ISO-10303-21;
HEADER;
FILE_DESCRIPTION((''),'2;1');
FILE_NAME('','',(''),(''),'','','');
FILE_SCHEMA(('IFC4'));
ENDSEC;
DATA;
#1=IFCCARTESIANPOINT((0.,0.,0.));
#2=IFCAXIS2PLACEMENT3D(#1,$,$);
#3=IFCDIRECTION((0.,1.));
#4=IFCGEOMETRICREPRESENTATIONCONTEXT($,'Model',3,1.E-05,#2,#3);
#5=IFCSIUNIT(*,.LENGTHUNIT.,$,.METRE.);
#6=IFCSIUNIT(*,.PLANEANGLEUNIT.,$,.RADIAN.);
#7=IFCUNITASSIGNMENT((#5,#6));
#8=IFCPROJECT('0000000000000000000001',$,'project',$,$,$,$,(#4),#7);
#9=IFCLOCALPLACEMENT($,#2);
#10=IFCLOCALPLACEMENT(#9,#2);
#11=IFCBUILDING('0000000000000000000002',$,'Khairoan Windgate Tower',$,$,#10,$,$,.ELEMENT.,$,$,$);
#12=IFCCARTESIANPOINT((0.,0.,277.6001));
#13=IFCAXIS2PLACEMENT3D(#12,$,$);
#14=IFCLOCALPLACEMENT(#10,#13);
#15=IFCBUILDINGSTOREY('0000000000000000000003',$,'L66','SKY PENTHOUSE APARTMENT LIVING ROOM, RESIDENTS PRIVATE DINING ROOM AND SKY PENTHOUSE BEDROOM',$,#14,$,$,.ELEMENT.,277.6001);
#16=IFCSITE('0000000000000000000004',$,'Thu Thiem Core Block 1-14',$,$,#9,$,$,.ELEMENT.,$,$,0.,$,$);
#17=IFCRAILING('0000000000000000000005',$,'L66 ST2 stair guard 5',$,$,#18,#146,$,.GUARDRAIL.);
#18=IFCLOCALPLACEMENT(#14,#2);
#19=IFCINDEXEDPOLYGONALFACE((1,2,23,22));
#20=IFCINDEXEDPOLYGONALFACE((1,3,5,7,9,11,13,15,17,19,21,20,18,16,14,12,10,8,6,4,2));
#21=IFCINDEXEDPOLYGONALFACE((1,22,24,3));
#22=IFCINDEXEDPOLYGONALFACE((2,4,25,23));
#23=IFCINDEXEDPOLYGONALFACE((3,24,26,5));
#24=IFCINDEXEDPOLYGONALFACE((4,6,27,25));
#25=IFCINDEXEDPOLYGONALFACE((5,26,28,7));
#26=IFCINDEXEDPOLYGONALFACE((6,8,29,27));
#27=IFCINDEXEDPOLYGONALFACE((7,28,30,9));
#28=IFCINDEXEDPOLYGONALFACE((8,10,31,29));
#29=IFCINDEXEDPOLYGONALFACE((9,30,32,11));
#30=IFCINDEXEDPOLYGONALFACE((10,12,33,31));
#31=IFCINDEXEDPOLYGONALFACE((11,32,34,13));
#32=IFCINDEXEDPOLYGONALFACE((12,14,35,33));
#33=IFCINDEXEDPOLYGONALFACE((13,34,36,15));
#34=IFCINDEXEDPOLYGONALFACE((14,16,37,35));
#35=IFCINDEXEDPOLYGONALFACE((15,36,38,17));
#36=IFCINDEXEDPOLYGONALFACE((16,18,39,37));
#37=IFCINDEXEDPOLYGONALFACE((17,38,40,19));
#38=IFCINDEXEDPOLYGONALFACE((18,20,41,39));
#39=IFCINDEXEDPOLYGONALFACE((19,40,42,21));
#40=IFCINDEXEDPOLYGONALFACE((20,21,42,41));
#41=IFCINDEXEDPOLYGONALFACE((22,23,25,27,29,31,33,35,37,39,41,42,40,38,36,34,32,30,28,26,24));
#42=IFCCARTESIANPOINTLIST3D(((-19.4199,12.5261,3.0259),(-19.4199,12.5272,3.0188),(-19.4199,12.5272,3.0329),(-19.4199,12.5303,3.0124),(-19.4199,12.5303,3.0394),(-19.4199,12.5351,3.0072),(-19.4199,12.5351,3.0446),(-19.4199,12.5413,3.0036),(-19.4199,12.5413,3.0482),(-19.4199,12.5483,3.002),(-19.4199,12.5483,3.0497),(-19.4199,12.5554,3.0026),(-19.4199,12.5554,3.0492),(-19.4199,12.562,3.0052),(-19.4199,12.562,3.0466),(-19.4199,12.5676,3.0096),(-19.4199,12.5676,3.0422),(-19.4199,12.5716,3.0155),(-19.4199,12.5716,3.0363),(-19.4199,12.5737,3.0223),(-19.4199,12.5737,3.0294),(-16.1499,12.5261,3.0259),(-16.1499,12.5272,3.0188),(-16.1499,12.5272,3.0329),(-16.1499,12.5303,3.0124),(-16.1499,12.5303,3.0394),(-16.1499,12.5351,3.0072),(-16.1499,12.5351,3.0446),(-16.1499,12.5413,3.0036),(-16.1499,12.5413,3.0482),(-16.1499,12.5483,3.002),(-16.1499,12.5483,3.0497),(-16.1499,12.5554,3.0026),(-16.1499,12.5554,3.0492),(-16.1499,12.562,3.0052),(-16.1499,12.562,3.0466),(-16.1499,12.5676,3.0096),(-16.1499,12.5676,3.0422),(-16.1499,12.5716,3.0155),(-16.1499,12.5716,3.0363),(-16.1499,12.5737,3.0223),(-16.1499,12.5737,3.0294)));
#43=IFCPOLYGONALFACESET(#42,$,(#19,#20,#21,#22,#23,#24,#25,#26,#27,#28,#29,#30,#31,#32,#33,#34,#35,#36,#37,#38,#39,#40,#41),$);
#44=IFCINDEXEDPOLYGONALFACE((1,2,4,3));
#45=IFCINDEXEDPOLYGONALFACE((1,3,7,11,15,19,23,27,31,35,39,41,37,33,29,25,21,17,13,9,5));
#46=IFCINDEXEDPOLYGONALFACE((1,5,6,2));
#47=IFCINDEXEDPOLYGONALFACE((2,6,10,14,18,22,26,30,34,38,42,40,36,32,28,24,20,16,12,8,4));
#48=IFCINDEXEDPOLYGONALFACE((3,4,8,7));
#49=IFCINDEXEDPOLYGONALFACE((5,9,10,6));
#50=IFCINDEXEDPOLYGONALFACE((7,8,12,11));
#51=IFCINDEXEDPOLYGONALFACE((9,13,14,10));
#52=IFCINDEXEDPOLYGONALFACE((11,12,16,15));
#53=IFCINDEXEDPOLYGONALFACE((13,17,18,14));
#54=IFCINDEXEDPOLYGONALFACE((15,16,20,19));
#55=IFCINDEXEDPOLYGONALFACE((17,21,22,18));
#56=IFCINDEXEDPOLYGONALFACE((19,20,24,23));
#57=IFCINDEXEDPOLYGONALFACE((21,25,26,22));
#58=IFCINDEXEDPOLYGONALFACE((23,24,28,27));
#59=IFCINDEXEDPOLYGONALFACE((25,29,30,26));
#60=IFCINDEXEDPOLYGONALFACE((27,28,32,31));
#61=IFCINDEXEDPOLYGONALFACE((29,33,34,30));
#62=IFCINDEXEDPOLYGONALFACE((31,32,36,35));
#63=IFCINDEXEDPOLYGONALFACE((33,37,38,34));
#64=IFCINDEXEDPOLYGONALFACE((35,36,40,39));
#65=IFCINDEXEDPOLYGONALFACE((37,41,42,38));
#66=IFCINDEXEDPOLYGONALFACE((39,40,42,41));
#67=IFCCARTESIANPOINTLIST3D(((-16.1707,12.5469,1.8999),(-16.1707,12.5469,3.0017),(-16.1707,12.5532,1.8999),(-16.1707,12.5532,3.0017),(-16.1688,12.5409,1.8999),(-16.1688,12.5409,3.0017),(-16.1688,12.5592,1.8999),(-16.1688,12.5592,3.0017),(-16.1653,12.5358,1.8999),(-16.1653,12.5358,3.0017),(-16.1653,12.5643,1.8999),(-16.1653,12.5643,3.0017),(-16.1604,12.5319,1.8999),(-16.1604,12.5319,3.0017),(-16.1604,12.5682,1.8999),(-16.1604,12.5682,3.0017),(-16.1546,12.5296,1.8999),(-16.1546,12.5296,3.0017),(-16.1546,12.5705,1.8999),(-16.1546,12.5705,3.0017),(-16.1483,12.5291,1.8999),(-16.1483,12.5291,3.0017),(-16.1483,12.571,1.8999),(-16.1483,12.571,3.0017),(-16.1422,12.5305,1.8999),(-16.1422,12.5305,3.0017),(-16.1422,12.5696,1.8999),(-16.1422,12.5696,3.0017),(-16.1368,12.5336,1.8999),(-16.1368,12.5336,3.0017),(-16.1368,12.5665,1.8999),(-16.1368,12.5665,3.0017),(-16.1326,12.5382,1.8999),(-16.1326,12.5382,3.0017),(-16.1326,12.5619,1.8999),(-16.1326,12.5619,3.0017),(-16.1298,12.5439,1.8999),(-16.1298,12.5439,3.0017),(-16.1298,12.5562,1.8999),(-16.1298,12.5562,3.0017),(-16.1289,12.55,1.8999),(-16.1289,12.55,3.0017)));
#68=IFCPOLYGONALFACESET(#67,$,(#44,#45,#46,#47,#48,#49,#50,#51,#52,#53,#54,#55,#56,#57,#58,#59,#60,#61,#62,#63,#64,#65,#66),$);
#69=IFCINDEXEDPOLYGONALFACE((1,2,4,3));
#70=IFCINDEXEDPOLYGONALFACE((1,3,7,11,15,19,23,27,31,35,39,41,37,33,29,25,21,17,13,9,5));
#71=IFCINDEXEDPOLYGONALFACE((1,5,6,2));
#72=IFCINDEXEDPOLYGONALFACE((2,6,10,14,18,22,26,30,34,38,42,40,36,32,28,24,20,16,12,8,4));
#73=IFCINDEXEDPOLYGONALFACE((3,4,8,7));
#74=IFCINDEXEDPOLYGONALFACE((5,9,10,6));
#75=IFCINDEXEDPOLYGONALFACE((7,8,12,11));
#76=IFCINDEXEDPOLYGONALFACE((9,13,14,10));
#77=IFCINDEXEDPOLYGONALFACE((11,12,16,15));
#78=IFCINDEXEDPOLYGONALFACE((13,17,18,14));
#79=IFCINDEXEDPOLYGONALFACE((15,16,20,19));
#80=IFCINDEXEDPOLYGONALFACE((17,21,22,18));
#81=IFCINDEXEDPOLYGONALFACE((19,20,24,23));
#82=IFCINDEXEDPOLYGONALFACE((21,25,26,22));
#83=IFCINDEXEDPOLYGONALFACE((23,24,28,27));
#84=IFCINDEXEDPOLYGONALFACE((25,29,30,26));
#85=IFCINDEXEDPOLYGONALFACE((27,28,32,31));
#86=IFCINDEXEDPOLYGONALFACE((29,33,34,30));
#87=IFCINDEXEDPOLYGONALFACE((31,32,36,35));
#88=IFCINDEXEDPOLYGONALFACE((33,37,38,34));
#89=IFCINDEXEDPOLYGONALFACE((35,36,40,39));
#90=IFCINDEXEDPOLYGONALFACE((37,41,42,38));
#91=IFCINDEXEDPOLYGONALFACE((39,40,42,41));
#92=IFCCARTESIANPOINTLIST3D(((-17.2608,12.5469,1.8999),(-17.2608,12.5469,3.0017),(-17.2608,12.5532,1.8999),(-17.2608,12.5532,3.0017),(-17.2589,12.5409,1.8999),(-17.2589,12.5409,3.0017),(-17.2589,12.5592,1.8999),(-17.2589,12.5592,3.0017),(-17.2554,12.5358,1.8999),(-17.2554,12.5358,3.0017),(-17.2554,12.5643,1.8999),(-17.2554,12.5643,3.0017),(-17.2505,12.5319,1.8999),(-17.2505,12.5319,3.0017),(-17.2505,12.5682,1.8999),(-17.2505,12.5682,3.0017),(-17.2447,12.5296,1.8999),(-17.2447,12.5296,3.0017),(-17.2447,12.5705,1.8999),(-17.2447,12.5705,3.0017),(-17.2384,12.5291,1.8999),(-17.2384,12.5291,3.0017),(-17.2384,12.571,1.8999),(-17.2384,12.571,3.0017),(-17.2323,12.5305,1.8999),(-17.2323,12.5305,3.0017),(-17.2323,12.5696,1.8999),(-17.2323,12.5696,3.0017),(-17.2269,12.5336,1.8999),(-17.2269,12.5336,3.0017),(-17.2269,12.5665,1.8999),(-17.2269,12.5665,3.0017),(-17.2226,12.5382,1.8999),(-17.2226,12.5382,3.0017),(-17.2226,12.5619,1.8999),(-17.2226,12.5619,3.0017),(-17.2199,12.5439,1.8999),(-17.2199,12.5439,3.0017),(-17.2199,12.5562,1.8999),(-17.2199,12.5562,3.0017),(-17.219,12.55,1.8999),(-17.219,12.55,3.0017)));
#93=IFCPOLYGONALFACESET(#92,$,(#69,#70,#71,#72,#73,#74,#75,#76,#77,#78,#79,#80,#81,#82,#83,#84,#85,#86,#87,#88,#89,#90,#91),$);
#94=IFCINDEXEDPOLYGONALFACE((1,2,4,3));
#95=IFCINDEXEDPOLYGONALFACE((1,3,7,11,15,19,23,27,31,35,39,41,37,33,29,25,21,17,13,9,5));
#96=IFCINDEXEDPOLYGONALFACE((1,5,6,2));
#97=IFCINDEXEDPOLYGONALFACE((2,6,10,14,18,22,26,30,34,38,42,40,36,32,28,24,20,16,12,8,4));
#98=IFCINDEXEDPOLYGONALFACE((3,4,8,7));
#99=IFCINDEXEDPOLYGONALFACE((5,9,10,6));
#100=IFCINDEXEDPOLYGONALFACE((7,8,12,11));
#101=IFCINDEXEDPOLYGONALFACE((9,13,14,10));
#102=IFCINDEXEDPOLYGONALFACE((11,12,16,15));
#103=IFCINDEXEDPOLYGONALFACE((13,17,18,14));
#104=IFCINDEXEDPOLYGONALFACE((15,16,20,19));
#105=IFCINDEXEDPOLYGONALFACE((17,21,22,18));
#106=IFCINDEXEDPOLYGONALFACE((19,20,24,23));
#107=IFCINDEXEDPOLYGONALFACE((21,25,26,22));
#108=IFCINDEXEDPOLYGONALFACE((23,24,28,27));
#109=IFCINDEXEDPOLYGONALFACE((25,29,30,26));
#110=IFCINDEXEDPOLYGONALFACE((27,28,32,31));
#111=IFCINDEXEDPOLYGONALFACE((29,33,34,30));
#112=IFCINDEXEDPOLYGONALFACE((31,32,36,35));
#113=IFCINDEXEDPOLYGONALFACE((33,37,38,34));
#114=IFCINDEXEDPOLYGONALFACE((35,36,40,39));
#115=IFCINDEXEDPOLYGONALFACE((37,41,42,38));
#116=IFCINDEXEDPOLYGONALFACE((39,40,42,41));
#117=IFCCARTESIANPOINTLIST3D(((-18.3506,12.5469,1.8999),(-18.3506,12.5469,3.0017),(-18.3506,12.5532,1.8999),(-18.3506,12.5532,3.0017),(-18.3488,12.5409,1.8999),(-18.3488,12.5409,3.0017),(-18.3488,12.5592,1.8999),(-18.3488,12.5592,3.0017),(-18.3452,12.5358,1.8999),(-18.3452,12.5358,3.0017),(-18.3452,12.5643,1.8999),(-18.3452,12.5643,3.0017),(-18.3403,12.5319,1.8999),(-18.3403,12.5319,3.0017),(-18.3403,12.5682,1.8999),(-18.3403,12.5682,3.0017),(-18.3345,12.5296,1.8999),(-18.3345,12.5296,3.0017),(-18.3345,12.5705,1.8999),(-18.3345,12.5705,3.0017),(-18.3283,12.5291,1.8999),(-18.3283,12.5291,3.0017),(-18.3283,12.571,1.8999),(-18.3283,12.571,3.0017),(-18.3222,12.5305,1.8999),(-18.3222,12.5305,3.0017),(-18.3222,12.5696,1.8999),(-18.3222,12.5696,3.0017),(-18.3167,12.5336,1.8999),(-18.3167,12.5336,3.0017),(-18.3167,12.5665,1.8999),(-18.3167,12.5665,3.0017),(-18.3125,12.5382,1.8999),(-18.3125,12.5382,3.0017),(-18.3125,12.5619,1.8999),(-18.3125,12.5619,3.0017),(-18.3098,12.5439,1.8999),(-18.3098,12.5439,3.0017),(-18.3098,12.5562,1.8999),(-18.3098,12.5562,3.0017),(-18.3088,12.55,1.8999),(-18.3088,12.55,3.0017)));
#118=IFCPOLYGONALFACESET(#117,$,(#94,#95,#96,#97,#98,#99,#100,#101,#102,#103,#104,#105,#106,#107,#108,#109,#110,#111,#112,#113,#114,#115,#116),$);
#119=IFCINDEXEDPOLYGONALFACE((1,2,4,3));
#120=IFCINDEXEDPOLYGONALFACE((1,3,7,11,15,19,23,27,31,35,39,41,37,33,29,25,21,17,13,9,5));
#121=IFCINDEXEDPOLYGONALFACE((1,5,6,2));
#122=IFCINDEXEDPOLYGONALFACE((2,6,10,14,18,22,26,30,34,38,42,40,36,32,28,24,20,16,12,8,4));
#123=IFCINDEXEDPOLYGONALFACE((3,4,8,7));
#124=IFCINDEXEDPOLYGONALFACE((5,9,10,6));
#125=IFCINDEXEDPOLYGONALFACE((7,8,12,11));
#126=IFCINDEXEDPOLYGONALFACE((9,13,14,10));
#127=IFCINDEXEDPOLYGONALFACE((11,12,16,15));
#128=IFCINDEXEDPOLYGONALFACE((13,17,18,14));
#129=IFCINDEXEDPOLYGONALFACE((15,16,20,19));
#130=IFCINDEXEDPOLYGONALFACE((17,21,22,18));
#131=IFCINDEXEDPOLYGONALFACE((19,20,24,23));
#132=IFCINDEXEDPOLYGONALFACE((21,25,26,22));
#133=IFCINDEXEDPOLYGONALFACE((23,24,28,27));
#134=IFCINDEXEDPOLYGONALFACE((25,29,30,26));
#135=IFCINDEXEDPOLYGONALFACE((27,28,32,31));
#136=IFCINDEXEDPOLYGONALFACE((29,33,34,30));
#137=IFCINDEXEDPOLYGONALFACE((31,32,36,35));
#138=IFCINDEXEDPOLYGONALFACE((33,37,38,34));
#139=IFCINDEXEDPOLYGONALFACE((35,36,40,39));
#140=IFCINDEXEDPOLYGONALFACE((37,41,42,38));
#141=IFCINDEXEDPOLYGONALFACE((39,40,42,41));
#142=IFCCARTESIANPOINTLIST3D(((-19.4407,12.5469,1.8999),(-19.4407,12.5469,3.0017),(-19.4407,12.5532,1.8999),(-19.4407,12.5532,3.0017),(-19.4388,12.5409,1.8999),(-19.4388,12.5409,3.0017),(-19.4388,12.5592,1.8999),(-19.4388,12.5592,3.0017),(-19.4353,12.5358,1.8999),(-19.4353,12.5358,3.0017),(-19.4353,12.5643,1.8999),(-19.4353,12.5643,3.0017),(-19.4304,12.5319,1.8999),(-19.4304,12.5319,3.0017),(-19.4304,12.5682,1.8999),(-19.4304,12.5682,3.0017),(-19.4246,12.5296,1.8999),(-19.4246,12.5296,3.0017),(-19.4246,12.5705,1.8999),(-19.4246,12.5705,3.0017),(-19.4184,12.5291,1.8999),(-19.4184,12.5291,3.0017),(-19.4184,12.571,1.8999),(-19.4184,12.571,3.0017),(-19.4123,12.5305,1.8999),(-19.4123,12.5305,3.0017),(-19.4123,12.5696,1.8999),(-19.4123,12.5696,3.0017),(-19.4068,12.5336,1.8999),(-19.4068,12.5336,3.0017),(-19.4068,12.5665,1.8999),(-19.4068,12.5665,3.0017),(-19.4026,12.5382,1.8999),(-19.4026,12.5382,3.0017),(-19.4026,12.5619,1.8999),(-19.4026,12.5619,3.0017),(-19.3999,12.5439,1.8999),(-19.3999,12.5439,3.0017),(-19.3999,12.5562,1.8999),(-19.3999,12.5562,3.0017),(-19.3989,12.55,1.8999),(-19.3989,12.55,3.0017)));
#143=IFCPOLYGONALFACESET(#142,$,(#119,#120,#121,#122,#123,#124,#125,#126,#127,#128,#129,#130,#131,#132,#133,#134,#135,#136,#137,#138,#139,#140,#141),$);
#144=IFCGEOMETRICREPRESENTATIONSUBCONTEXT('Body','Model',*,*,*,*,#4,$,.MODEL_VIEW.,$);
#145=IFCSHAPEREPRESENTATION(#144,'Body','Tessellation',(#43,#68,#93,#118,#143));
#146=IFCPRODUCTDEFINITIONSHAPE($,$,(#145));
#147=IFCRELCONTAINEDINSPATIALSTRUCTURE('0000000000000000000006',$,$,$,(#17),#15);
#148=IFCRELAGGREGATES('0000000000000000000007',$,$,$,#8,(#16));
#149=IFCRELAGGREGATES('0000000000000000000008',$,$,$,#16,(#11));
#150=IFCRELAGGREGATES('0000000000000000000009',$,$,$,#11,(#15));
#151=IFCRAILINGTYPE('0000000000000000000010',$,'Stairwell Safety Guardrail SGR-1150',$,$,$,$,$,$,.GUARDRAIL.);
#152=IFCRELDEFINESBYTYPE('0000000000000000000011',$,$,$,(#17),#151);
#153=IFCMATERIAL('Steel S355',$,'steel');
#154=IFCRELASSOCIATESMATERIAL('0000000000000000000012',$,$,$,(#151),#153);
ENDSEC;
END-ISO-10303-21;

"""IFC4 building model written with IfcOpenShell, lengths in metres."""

from ifc_helpers import new_model, si_unit, direction, frame, origin, origin_2d, place, context, subcontext, project, spatial, circle, extrude, material, type_object, element, save


model = new_model("IFC4")

# Units and contexts
model_context = context("Model", 3, precision=1e-05, world=origin(), true_north=direction((0.0, 1.0)))
body_context = subcontext(model_context, "Body", "Model", "MODEL_VIEW")
ifc_project = project(units=[si_unit("LENGTHUNIT", "METRE"), si_unit("PLANEANGLEUNIT", "RADIAN")], contexts=[model_context])

# Site, building, storey
site_placement = place(None, origin())
site = spatial("IfcSite", under=ifc_project, at=site_placement, Name="Thu Thiem Core Block 1-14", CompositionType="ELEMENT", RefElevation=0.0)
building_placement = place(site_placement, origin())
building = spatial("IfcBuilding", under=site, at=building_placement, Name="Khairoan Windgate Tower", CompositionType="ELEMENT")
storey_placement = place(building_placement, frame((0.0, 0.0, 277.6001)))
storey = spatial("IfcBuildingStorey", under=building, at=storey_placement, Name="L66", Description="SKY PENTHOUSE APARTMENT LIVING ROOM, RESIDENTS PRIVATE DINING ROOM AND SKY PENTHOUSE BEDROOM", CompositionType="ELEMENT", Elevation=277.6001)

# Railing
ifc_material_1 = material(Name="Steel S355", Category="steel")
railing_type = type_object("IfcRailingType", Name="Stairwell Safety Guardrail SGR-1150", PredefinedType="GUARDRAIL", material=ifc_material_1)
railing_1_placement = place(storey_placement, frame((-16.1499, 12.55, 1.8999)))
element("IfcRailing", 1, at=railing_1_placement, inside=storey, type_object=railing_type, Name="L66 ST2 stair guard 5", PredefinedType="GUARDRAIL", context=body_context, shape_type="SweptSolid", body=[
    extrude(circle(Radius=0.0239, at=origin_2d()), frame((0.0, 0.0, 1.126), z_axis=(-1.0, 0.0, 0.0), x_axis=(0.0, -1.0, 0.0)), (0.0, 0.0, 1.0), 3.27),
    extrude(circle(Radius=0.021, at=origin_2d()), origin(), (0.0, 0.0, 1.0), 1.1018),
    extrude(circle(Radius=0.021, at=origin_2d()), frame((-1.0901, 0.0, 0.0)), (0.0, 0.0, 1.0), 1.1018),
    extrude(circle(Radius=0.021, at=origin_2d()), frame((-2.1799, 0.0, 0.0)), (0.0, 0.0, 1.0), 1.1018),
    extrude(circle(Radius=0.021, at=origin_2d()), frame((-3.27, 0.0, 0.0)), (0.0, 0.0, 1.0), 1.1018),
])

save(model, "model.ifc")
